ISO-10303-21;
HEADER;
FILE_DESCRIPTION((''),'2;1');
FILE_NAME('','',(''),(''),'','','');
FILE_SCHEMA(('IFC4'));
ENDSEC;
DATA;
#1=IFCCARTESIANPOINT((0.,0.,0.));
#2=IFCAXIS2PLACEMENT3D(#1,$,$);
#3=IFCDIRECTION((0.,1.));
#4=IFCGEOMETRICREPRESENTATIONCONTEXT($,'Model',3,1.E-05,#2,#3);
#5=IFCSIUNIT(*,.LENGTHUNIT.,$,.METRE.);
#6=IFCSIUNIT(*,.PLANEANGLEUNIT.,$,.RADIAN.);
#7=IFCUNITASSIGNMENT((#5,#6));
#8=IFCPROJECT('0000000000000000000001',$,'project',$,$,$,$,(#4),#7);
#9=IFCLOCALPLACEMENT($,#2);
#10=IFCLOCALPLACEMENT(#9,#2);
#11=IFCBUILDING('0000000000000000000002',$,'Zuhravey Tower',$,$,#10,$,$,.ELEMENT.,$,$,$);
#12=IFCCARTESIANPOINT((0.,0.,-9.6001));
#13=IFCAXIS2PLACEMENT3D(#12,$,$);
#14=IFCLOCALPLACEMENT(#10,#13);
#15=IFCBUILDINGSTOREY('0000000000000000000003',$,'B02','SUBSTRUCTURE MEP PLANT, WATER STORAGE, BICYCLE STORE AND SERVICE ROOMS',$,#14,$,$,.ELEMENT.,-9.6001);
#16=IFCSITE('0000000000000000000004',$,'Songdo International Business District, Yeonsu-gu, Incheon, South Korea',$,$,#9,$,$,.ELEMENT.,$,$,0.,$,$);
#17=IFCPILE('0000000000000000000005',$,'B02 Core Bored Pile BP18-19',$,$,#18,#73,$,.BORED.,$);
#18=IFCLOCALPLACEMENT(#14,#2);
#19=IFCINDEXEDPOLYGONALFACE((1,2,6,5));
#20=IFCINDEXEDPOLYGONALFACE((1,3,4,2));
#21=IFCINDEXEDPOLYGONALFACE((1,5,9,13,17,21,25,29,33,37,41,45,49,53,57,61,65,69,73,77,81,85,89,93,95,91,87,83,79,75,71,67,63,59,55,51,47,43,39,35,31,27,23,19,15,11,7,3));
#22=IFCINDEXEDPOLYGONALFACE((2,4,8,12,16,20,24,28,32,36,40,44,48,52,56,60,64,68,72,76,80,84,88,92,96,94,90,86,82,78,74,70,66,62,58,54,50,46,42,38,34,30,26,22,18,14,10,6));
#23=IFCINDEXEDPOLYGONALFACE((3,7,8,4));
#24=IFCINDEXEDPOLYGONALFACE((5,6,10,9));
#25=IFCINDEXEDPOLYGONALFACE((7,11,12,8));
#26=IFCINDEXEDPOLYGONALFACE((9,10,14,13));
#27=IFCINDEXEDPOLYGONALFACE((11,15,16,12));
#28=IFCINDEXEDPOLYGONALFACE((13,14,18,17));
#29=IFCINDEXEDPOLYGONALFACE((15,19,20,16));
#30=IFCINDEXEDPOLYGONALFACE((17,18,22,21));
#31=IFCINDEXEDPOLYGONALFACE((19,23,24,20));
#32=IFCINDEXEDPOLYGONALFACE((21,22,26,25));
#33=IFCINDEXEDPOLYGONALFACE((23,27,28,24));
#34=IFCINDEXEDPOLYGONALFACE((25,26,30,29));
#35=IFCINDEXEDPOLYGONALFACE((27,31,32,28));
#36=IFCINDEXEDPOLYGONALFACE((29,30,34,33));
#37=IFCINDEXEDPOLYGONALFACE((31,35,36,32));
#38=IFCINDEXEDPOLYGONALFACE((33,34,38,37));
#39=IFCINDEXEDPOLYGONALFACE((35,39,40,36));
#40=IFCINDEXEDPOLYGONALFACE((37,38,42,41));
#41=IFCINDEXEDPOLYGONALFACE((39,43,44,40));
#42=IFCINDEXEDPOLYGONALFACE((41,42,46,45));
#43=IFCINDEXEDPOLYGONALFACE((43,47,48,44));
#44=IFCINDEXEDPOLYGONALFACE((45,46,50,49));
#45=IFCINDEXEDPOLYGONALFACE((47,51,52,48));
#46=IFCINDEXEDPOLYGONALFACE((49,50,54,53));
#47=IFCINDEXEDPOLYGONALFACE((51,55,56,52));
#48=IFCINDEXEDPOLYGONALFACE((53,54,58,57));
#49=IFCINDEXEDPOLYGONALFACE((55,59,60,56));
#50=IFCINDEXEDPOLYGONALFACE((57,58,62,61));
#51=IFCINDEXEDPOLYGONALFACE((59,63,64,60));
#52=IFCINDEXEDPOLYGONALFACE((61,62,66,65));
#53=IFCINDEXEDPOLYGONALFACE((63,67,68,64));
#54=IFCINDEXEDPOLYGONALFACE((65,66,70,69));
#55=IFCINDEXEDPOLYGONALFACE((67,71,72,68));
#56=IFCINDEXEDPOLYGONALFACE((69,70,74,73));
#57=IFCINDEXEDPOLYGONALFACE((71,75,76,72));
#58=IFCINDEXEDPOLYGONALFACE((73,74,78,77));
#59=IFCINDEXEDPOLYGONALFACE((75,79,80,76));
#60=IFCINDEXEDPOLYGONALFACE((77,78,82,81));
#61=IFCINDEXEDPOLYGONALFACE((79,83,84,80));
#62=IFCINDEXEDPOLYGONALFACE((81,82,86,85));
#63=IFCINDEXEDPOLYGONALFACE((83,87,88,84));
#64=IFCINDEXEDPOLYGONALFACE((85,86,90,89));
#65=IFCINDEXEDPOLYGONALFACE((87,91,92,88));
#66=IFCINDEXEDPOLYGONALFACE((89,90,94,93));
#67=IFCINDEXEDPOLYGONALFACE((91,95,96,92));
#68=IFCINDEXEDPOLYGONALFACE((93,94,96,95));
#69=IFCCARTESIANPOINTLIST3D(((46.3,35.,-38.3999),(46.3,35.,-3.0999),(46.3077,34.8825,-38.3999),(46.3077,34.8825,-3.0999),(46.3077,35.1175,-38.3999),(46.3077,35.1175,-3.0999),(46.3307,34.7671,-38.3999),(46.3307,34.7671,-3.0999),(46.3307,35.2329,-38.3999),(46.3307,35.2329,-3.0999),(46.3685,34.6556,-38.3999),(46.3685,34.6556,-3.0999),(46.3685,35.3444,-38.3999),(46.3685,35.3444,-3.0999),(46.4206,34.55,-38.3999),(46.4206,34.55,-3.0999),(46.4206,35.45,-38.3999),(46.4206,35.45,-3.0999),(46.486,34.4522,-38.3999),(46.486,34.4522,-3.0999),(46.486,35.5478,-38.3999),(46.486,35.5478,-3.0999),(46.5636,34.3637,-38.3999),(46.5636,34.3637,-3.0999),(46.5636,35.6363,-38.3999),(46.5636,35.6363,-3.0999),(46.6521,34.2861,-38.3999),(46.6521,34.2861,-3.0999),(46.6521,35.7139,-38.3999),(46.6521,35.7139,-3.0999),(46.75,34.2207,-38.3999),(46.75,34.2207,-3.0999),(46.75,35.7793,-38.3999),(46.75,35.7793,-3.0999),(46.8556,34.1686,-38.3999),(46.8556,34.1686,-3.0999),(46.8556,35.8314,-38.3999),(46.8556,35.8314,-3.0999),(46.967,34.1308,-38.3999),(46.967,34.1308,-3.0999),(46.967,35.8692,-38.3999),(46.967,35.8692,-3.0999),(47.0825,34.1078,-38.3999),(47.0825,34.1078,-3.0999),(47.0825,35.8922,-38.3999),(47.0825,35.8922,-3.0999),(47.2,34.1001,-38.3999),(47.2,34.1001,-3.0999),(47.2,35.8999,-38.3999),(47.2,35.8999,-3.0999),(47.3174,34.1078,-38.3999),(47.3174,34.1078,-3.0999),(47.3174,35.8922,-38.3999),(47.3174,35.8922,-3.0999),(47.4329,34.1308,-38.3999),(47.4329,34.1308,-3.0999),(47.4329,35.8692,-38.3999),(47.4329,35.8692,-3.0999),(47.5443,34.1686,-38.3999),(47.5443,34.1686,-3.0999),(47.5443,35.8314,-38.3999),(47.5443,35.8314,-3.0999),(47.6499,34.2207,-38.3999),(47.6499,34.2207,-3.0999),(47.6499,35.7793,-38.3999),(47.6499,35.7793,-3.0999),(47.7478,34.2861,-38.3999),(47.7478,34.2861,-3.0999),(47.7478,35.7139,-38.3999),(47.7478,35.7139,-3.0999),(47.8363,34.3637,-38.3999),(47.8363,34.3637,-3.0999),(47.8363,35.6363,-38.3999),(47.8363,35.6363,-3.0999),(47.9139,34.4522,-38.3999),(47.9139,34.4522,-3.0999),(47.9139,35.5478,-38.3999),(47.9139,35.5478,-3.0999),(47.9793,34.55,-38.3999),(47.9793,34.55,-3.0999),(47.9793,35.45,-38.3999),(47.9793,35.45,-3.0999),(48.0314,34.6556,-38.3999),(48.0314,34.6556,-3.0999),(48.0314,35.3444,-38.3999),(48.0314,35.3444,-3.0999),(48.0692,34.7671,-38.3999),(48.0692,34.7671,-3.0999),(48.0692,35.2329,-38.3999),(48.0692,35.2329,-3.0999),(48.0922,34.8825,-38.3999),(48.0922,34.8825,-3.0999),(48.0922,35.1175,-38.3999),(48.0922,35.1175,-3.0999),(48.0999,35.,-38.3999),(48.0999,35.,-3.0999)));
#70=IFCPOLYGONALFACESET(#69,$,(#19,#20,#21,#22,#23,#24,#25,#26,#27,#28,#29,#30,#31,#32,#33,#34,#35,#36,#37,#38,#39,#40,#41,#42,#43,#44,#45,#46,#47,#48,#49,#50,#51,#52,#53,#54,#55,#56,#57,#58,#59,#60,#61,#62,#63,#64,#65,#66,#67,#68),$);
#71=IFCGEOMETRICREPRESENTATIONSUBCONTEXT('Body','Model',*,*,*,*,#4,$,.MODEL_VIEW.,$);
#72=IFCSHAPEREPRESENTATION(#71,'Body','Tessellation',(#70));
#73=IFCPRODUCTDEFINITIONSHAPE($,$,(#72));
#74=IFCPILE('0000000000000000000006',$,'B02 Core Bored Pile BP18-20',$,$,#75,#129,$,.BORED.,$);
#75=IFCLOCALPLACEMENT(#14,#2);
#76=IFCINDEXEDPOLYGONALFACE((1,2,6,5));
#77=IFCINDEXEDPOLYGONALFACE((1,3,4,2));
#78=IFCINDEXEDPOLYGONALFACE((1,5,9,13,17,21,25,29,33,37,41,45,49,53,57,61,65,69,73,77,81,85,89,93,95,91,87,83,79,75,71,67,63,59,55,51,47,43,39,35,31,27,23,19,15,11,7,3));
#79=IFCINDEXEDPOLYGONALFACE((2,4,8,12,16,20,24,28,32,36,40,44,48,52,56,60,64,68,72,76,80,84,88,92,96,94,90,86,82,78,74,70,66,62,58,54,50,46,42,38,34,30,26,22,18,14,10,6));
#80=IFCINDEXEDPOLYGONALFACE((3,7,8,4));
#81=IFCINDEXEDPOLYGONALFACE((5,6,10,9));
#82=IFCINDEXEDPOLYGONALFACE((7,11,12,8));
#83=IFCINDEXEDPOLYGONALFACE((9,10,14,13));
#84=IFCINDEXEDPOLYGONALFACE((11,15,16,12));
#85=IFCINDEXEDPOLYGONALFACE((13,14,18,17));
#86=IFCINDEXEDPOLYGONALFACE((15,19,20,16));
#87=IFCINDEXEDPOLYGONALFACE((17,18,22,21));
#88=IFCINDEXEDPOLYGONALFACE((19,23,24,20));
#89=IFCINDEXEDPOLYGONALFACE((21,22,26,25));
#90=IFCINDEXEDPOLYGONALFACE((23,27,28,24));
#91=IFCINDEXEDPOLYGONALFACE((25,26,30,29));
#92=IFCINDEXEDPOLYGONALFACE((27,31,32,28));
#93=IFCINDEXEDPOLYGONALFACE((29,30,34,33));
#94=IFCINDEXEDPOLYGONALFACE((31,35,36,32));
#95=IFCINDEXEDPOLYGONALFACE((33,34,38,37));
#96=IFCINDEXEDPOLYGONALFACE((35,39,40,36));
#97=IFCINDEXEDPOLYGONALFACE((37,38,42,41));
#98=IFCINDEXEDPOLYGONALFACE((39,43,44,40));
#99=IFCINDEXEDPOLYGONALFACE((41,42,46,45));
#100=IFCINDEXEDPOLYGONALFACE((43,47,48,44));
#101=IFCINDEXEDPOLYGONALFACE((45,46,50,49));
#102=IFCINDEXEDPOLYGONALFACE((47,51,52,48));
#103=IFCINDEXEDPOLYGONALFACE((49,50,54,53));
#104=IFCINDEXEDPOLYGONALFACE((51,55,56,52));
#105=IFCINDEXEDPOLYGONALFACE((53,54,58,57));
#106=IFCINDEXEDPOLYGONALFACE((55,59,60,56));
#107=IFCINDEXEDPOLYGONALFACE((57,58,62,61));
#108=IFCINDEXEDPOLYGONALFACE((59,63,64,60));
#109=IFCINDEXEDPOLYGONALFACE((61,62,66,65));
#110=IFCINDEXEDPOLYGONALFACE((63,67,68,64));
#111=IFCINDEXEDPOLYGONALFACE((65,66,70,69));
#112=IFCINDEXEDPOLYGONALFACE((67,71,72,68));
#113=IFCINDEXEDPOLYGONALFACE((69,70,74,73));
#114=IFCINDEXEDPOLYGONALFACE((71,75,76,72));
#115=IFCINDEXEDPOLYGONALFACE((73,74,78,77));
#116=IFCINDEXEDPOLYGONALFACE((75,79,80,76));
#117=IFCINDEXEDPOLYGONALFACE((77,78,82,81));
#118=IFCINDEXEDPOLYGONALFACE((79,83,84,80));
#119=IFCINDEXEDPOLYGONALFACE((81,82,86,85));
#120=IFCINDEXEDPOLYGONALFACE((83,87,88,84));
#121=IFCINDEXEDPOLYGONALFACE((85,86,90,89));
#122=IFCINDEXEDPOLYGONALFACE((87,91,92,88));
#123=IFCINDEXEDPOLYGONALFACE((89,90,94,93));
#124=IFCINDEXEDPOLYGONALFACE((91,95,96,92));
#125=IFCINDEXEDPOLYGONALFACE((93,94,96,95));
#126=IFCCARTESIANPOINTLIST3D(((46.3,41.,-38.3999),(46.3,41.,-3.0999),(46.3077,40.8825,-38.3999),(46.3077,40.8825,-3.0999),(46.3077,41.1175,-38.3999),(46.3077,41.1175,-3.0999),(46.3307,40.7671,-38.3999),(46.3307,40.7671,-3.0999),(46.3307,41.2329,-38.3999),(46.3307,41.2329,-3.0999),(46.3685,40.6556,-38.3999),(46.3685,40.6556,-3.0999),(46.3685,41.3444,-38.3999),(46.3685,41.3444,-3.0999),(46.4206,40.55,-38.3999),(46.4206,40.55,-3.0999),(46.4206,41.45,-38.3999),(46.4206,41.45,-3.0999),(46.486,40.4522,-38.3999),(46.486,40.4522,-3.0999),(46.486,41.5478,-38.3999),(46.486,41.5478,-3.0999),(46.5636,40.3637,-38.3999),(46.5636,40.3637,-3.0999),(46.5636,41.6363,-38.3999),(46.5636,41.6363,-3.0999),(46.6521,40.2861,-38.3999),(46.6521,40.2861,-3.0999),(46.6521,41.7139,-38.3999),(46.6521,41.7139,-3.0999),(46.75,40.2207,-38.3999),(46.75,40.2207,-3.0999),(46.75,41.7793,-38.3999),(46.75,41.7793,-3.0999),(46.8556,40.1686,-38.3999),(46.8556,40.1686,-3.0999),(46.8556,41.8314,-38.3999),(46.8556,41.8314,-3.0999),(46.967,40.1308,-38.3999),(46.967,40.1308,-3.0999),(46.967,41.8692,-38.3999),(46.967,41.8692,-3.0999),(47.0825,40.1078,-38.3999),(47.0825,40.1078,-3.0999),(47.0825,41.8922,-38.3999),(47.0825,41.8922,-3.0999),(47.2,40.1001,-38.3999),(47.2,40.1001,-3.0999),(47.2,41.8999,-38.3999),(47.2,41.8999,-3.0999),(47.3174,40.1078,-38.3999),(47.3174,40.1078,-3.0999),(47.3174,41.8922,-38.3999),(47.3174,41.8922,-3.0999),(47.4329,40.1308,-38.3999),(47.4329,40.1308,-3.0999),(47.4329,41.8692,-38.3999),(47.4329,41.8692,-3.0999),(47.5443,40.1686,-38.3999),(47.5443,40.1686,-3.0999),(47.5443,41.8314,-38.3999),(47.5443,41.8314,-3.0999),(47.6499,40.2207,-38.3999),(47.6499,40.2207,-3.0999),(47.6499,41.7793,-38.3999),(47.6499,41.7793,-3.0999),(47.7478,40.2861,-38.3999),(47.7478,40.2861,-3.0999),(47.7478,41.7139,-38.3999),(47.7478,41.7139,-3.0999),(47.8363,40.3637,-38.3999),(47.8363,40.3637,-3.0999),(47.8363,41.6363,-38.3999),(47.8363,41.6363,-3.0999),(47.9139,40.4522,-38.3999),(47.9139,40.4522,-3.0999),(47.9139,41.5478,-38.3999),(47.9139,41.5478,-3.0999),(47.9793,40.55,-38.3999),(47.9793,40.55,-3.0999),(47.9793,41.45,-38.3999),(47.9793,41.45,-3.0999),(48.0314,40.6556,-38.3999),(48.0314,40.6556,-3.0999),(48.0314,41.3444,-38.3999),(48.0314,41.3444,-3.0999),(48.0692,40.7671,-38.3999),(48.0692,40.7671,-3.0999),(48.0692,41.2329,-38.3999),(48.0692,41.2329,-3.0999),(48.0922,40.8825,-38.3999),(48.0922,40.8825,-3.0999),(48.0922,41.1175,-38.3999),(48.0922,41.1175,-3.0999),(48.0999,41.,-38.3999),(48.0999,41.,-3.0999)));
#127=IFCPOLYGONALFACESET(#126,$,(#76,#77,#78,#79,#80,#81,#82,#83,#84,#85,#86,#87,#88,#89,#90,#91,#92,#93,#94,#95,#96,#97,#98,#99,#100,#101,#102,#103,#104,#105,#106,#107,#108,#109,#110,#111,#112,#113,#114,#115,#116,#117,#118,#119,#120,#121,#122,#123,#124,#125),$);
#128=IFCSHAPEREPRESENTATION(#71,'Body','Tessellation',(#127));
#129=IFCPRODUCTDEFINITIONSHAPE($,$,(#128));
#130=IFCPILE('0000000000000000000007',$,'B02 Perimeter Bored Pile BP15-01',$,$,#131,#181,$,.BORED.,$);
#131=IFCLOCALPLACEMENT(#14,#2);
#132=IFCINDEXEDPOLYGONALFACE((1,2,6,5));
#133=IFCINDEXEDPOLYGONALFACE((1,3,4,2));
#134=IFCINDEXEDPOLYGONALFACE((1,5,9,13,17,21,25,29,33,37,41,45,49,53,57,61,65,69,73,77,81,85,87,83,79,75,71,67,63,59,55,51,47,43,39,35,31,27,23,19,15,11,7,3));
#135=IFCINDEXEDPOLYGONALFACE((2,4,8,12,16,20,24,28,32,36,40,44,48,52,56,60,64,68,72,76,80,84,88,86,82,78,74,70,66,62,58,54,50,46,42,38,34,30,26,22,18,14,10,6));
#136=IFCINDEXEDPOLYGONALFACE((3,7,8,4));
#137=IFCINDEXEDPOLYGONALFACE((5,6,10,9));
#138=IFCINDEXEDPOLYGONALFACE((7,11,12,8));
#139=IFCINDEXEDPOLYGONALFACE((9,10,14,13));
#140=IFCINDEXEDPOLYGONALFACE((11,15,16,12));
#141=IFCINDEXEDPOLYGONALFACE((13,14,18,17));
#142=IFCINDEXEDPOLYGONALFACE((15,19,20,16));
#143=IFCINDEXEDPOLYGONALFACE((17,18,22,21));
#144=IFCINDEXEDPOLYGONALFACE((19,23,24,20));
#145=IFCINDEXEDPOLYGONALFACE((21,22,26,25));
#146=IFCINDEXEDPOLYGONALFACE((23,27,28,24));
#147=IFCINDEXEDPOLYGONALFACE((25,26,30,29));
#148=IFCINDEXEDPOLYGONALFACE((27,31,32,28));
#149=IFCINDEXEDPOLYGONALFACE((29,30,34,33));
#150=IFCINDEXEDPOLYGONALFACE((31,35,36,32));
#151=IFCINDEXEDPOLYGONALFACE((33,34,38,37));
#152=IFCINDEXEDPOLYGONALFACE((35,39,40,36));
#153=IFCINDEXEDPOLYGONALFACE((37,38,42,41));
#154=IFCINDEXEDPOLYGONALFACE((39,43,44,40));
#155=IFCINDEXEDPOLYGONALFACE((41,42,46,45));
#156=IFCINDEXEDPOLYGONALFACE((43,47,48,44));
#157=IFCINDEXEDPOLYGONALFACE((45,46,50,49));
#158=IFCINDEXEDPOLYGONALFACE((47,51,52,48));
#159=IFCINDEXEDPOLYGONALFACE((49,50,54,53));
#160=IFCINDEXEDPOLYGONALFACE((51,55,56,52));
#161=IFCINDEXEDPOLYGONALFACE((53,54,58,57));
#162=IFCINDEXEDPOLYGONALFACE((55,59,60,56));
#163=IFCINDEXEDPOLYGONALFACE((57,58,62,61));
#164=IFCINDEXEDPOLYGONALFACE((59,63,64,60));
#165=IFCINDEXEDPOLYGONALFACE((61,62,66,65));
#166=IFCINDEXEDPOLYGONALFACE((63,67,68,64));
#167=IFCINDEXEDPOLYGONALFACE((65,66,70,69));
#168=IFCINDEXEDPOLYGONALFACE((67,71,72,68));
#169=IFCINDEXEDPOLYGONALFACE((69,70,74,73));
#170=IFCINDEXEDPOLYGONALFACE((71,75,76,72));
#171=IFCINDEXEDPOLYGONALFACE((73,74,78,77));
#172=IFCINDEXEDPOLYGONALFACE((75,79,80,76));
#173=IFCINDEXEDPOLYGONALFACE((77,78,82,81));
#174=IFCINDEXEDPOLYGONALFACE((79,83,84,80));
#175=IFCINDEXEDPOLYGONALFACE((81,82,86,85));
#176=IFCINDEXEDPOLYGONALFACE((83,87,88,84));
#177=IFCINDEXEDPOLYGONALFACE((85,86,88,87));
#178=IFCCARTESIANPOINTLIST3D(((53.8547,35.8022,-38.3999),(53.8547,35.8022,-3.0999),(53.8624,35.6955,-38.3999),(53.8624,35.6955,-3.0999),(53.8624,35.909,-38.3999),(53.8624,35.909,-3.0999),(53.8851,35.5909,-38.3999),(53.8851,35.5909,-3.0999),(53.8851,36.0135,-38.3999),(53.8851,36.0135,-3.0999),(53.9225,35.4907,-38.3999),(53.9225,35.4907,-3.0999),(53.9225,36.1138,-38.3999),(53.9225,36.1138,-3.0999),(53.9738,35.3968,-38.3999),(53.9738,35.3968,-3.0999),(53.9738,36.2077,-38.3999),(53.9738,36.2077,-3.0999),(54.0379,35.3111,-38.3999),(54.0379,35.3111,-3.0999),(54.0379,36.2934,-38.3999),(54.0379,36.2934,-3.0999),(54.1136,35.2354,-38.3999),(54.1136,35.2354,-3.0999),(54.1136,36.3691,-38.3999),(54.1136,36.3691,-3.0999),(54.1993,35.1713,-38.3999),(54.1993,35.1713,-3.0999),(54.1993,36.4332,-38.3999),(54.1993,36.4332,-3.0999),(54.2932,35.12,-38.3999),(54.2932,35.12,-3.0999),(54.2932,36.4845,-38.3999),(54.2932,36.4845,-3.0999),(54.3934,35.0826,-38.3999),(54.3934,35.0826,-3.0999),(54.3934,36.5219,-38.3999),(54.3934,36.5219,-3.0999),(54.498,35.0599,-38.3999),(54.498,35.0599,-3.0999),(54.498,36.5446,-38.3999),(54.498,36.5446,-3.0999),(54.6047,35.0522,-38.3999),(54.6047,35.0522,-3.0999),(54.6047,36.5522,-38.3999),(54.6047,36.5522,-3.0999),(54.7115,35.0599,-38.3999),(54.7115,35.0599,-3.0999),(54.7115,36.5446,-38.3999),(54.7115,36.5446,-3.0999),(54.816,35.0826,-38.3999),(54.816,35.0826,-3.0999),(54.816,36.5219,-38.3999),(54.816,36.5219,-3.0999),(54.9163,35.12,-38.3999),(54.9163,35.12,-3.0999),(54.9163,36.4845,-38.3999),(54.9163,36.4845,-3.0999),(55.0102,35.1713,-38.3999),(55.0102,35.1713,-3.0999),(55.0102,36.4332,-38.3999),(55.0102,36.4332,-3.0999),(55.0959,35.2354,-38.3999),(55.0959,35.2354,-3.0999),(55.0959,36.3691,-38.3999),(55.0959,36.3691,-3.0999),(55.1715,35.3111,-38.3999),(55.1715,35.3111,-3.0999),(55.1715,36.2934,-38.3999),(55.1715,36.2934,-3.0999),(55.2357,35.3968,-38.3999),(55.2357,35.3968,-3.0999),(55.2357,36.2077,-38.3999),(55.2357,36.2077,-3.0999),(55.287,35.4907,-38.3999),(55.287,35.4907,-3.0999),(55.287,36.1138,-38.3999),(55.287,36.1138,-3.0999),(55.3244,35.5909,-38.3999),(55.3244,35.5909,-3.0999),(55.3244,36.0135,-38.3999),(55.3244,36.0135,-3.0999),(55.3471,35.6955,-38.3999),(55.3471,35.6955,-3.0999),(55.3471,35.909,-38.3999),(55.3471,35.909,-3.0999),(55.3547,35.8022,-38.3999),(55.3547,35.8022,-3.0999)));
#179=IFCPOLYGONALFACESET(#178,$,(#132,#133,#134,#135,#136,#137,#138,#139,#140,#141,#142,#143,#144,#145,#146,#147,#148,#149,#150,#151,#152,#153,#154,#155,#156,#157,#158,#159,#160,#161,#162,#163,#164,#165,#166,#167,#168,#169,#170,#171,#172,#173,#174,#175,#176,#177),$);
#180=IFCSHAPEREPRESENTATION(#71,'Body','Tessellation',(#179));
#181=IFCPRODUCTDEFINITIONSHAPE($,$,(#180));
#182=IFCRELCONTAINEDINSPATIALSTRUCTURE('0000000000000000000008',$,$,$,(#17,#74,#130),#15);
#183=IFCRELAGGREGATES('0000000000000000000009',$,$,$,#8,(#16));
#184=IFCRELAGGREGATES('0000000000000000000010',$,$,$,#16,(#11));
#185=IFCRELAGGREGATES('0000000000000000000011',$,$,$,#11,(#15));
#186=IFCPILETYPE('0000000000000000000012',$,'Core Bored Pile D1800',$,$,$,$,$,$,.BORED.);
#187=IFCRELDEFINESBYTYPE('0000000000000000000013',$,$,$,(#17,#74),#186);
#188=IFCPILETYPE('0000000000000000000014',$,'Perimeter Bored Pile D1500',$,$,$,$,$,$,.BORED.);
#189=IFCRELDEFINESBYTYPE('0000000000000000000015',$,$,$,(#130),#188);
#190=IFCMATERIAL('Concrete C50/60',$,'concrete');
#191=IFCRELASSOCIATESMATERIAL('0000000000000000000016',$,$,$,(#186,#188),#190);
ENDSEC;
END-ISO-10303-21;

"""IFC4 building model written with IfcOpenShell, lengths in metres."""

from ifc_helpers import new_model, si_unit, direction, frame, origin, origin_2d, place, context, subcontext, project, spatial, circle, extrude, material, material_profile, profile_set, type_object, element, save


model = new_model("IFC4")

# Units and contexts
model_context = context("Model", 3, precision=1e-05, world=origin(), true_north=direction((0.0, 1.0)))
body_context = subcontext(model_context, "Body", "Model", "MODEL_VIEW")
ifc_project = project(units=[si_unit("LENGTHUNIT", "METRE"), si_unit("PLANEANGLEUNIT", "RADIAN")], contexts=[model_context])

# Site, building, storey
site_placement = place(None, origin())
site = spatial("IfcSite", under=ifc_project, at=site_placement, Name="Songdo International Business District, Yeonsu-gu, Incheon, South Korea", CompositionType="ELEMENT", RefElevation=0.0)
building_placement = place(site_placement, origin())
building = spatial("IfcBuilding", under=site, at=building_placement, Name="Zuhravey Tower", CompositionType="ELEMENT")
storey_placement = place(building_placement, frame((0.0, 0.0, -9.6001)))
storey = spatial("IfcBuildingStorey", under=building, at=storey_placement, Name="B02", Description="SUBSTRUCTURE MEP PLANT, WATER STORAGE, BICYCLE STORE AND SERVICE ROOMS", CompositionType="ELEMENT", Elevation=-9.6001)

# Piles
ifc_material_1 = material(Name="Concrete C50/60", Category="concrete")
ifc_material_profile_1 = material_profile(ifc_material_1, circle(Radius=0.8999, at=origin_2d()), Name="PILE-D1800")
ifc_profile_set_1 = profile_set([ifc_material_profile_1], Name="Concrete C50/60")
pile_type_1 = type_object("IfcPileType", Name="Core Bored Pile D1800", PredefinedType="BORED", material=ifc_profile_set_1)
for number, where, z_axis, x_axis, name in (
    (1, (47.2, 35.0, -3.0999), (0.0, 0.0, -1.0), (1.0, 0.0, 0.0), "B02 Core Bored Pile BP18-19"),
    (2, (47.2, 41.0, -3.0999), (0.0, 0.0, -1.0), (1.0, 0.0, 0.0), "B02 Core Bored Pile BP18-20"),
):
    element("IfcPile", number, at=place(storey_placement, frame(where, z_axis=z_axis, x_axis=x_axis)), inside=storey, type_object=pile_type_1, Name=name, PredefinedType="BORED", context=body_context, shape_type="SweptSolid", body=[
        extrude(circle(Radius=0.8999, at=origin_2d()), origin(), (0.0, 0.0, 1.0), 35.3),
    ])
ifc_material_profile_2 = material_profile(ifc_material_1, circle(Radius=0.75, at=origin_2d()), Name="PILE-D1500")
ifc_profile_set_2 = profile_set([ifc_material_profile_2], Name="Concrete C50/60")
pile_type_2 = type_object("IfcPileType", Name="Perimeter Bored Pile D1500", PredefinedType="BORED", material=ifc_profile_set_2)
for number, where, z_axis, x_axis, name in (
    (3, (54.6047, 35.8022, -3.0999), (0.0, 0.0, -1.0), (1.0, 0.0, 0.0), "B02 Perimeter Bored Pile BP15-01"),
):
    element("IfcPile", number, at=place(storey_placement, frame(where, z_axis=z_axis, x_axis=x_axis)), inside=storey, type_object=pile_type_2, Name=name, PredefinedType="BORED", context=body_context, shape_type="SweptSolid", body=[
        extrude(circle(Radius=0.75, at=origin_2d()), origin(), (0.0, 0.0, 1.0), 35.3),
    ])

save(model, "model.ifc")
